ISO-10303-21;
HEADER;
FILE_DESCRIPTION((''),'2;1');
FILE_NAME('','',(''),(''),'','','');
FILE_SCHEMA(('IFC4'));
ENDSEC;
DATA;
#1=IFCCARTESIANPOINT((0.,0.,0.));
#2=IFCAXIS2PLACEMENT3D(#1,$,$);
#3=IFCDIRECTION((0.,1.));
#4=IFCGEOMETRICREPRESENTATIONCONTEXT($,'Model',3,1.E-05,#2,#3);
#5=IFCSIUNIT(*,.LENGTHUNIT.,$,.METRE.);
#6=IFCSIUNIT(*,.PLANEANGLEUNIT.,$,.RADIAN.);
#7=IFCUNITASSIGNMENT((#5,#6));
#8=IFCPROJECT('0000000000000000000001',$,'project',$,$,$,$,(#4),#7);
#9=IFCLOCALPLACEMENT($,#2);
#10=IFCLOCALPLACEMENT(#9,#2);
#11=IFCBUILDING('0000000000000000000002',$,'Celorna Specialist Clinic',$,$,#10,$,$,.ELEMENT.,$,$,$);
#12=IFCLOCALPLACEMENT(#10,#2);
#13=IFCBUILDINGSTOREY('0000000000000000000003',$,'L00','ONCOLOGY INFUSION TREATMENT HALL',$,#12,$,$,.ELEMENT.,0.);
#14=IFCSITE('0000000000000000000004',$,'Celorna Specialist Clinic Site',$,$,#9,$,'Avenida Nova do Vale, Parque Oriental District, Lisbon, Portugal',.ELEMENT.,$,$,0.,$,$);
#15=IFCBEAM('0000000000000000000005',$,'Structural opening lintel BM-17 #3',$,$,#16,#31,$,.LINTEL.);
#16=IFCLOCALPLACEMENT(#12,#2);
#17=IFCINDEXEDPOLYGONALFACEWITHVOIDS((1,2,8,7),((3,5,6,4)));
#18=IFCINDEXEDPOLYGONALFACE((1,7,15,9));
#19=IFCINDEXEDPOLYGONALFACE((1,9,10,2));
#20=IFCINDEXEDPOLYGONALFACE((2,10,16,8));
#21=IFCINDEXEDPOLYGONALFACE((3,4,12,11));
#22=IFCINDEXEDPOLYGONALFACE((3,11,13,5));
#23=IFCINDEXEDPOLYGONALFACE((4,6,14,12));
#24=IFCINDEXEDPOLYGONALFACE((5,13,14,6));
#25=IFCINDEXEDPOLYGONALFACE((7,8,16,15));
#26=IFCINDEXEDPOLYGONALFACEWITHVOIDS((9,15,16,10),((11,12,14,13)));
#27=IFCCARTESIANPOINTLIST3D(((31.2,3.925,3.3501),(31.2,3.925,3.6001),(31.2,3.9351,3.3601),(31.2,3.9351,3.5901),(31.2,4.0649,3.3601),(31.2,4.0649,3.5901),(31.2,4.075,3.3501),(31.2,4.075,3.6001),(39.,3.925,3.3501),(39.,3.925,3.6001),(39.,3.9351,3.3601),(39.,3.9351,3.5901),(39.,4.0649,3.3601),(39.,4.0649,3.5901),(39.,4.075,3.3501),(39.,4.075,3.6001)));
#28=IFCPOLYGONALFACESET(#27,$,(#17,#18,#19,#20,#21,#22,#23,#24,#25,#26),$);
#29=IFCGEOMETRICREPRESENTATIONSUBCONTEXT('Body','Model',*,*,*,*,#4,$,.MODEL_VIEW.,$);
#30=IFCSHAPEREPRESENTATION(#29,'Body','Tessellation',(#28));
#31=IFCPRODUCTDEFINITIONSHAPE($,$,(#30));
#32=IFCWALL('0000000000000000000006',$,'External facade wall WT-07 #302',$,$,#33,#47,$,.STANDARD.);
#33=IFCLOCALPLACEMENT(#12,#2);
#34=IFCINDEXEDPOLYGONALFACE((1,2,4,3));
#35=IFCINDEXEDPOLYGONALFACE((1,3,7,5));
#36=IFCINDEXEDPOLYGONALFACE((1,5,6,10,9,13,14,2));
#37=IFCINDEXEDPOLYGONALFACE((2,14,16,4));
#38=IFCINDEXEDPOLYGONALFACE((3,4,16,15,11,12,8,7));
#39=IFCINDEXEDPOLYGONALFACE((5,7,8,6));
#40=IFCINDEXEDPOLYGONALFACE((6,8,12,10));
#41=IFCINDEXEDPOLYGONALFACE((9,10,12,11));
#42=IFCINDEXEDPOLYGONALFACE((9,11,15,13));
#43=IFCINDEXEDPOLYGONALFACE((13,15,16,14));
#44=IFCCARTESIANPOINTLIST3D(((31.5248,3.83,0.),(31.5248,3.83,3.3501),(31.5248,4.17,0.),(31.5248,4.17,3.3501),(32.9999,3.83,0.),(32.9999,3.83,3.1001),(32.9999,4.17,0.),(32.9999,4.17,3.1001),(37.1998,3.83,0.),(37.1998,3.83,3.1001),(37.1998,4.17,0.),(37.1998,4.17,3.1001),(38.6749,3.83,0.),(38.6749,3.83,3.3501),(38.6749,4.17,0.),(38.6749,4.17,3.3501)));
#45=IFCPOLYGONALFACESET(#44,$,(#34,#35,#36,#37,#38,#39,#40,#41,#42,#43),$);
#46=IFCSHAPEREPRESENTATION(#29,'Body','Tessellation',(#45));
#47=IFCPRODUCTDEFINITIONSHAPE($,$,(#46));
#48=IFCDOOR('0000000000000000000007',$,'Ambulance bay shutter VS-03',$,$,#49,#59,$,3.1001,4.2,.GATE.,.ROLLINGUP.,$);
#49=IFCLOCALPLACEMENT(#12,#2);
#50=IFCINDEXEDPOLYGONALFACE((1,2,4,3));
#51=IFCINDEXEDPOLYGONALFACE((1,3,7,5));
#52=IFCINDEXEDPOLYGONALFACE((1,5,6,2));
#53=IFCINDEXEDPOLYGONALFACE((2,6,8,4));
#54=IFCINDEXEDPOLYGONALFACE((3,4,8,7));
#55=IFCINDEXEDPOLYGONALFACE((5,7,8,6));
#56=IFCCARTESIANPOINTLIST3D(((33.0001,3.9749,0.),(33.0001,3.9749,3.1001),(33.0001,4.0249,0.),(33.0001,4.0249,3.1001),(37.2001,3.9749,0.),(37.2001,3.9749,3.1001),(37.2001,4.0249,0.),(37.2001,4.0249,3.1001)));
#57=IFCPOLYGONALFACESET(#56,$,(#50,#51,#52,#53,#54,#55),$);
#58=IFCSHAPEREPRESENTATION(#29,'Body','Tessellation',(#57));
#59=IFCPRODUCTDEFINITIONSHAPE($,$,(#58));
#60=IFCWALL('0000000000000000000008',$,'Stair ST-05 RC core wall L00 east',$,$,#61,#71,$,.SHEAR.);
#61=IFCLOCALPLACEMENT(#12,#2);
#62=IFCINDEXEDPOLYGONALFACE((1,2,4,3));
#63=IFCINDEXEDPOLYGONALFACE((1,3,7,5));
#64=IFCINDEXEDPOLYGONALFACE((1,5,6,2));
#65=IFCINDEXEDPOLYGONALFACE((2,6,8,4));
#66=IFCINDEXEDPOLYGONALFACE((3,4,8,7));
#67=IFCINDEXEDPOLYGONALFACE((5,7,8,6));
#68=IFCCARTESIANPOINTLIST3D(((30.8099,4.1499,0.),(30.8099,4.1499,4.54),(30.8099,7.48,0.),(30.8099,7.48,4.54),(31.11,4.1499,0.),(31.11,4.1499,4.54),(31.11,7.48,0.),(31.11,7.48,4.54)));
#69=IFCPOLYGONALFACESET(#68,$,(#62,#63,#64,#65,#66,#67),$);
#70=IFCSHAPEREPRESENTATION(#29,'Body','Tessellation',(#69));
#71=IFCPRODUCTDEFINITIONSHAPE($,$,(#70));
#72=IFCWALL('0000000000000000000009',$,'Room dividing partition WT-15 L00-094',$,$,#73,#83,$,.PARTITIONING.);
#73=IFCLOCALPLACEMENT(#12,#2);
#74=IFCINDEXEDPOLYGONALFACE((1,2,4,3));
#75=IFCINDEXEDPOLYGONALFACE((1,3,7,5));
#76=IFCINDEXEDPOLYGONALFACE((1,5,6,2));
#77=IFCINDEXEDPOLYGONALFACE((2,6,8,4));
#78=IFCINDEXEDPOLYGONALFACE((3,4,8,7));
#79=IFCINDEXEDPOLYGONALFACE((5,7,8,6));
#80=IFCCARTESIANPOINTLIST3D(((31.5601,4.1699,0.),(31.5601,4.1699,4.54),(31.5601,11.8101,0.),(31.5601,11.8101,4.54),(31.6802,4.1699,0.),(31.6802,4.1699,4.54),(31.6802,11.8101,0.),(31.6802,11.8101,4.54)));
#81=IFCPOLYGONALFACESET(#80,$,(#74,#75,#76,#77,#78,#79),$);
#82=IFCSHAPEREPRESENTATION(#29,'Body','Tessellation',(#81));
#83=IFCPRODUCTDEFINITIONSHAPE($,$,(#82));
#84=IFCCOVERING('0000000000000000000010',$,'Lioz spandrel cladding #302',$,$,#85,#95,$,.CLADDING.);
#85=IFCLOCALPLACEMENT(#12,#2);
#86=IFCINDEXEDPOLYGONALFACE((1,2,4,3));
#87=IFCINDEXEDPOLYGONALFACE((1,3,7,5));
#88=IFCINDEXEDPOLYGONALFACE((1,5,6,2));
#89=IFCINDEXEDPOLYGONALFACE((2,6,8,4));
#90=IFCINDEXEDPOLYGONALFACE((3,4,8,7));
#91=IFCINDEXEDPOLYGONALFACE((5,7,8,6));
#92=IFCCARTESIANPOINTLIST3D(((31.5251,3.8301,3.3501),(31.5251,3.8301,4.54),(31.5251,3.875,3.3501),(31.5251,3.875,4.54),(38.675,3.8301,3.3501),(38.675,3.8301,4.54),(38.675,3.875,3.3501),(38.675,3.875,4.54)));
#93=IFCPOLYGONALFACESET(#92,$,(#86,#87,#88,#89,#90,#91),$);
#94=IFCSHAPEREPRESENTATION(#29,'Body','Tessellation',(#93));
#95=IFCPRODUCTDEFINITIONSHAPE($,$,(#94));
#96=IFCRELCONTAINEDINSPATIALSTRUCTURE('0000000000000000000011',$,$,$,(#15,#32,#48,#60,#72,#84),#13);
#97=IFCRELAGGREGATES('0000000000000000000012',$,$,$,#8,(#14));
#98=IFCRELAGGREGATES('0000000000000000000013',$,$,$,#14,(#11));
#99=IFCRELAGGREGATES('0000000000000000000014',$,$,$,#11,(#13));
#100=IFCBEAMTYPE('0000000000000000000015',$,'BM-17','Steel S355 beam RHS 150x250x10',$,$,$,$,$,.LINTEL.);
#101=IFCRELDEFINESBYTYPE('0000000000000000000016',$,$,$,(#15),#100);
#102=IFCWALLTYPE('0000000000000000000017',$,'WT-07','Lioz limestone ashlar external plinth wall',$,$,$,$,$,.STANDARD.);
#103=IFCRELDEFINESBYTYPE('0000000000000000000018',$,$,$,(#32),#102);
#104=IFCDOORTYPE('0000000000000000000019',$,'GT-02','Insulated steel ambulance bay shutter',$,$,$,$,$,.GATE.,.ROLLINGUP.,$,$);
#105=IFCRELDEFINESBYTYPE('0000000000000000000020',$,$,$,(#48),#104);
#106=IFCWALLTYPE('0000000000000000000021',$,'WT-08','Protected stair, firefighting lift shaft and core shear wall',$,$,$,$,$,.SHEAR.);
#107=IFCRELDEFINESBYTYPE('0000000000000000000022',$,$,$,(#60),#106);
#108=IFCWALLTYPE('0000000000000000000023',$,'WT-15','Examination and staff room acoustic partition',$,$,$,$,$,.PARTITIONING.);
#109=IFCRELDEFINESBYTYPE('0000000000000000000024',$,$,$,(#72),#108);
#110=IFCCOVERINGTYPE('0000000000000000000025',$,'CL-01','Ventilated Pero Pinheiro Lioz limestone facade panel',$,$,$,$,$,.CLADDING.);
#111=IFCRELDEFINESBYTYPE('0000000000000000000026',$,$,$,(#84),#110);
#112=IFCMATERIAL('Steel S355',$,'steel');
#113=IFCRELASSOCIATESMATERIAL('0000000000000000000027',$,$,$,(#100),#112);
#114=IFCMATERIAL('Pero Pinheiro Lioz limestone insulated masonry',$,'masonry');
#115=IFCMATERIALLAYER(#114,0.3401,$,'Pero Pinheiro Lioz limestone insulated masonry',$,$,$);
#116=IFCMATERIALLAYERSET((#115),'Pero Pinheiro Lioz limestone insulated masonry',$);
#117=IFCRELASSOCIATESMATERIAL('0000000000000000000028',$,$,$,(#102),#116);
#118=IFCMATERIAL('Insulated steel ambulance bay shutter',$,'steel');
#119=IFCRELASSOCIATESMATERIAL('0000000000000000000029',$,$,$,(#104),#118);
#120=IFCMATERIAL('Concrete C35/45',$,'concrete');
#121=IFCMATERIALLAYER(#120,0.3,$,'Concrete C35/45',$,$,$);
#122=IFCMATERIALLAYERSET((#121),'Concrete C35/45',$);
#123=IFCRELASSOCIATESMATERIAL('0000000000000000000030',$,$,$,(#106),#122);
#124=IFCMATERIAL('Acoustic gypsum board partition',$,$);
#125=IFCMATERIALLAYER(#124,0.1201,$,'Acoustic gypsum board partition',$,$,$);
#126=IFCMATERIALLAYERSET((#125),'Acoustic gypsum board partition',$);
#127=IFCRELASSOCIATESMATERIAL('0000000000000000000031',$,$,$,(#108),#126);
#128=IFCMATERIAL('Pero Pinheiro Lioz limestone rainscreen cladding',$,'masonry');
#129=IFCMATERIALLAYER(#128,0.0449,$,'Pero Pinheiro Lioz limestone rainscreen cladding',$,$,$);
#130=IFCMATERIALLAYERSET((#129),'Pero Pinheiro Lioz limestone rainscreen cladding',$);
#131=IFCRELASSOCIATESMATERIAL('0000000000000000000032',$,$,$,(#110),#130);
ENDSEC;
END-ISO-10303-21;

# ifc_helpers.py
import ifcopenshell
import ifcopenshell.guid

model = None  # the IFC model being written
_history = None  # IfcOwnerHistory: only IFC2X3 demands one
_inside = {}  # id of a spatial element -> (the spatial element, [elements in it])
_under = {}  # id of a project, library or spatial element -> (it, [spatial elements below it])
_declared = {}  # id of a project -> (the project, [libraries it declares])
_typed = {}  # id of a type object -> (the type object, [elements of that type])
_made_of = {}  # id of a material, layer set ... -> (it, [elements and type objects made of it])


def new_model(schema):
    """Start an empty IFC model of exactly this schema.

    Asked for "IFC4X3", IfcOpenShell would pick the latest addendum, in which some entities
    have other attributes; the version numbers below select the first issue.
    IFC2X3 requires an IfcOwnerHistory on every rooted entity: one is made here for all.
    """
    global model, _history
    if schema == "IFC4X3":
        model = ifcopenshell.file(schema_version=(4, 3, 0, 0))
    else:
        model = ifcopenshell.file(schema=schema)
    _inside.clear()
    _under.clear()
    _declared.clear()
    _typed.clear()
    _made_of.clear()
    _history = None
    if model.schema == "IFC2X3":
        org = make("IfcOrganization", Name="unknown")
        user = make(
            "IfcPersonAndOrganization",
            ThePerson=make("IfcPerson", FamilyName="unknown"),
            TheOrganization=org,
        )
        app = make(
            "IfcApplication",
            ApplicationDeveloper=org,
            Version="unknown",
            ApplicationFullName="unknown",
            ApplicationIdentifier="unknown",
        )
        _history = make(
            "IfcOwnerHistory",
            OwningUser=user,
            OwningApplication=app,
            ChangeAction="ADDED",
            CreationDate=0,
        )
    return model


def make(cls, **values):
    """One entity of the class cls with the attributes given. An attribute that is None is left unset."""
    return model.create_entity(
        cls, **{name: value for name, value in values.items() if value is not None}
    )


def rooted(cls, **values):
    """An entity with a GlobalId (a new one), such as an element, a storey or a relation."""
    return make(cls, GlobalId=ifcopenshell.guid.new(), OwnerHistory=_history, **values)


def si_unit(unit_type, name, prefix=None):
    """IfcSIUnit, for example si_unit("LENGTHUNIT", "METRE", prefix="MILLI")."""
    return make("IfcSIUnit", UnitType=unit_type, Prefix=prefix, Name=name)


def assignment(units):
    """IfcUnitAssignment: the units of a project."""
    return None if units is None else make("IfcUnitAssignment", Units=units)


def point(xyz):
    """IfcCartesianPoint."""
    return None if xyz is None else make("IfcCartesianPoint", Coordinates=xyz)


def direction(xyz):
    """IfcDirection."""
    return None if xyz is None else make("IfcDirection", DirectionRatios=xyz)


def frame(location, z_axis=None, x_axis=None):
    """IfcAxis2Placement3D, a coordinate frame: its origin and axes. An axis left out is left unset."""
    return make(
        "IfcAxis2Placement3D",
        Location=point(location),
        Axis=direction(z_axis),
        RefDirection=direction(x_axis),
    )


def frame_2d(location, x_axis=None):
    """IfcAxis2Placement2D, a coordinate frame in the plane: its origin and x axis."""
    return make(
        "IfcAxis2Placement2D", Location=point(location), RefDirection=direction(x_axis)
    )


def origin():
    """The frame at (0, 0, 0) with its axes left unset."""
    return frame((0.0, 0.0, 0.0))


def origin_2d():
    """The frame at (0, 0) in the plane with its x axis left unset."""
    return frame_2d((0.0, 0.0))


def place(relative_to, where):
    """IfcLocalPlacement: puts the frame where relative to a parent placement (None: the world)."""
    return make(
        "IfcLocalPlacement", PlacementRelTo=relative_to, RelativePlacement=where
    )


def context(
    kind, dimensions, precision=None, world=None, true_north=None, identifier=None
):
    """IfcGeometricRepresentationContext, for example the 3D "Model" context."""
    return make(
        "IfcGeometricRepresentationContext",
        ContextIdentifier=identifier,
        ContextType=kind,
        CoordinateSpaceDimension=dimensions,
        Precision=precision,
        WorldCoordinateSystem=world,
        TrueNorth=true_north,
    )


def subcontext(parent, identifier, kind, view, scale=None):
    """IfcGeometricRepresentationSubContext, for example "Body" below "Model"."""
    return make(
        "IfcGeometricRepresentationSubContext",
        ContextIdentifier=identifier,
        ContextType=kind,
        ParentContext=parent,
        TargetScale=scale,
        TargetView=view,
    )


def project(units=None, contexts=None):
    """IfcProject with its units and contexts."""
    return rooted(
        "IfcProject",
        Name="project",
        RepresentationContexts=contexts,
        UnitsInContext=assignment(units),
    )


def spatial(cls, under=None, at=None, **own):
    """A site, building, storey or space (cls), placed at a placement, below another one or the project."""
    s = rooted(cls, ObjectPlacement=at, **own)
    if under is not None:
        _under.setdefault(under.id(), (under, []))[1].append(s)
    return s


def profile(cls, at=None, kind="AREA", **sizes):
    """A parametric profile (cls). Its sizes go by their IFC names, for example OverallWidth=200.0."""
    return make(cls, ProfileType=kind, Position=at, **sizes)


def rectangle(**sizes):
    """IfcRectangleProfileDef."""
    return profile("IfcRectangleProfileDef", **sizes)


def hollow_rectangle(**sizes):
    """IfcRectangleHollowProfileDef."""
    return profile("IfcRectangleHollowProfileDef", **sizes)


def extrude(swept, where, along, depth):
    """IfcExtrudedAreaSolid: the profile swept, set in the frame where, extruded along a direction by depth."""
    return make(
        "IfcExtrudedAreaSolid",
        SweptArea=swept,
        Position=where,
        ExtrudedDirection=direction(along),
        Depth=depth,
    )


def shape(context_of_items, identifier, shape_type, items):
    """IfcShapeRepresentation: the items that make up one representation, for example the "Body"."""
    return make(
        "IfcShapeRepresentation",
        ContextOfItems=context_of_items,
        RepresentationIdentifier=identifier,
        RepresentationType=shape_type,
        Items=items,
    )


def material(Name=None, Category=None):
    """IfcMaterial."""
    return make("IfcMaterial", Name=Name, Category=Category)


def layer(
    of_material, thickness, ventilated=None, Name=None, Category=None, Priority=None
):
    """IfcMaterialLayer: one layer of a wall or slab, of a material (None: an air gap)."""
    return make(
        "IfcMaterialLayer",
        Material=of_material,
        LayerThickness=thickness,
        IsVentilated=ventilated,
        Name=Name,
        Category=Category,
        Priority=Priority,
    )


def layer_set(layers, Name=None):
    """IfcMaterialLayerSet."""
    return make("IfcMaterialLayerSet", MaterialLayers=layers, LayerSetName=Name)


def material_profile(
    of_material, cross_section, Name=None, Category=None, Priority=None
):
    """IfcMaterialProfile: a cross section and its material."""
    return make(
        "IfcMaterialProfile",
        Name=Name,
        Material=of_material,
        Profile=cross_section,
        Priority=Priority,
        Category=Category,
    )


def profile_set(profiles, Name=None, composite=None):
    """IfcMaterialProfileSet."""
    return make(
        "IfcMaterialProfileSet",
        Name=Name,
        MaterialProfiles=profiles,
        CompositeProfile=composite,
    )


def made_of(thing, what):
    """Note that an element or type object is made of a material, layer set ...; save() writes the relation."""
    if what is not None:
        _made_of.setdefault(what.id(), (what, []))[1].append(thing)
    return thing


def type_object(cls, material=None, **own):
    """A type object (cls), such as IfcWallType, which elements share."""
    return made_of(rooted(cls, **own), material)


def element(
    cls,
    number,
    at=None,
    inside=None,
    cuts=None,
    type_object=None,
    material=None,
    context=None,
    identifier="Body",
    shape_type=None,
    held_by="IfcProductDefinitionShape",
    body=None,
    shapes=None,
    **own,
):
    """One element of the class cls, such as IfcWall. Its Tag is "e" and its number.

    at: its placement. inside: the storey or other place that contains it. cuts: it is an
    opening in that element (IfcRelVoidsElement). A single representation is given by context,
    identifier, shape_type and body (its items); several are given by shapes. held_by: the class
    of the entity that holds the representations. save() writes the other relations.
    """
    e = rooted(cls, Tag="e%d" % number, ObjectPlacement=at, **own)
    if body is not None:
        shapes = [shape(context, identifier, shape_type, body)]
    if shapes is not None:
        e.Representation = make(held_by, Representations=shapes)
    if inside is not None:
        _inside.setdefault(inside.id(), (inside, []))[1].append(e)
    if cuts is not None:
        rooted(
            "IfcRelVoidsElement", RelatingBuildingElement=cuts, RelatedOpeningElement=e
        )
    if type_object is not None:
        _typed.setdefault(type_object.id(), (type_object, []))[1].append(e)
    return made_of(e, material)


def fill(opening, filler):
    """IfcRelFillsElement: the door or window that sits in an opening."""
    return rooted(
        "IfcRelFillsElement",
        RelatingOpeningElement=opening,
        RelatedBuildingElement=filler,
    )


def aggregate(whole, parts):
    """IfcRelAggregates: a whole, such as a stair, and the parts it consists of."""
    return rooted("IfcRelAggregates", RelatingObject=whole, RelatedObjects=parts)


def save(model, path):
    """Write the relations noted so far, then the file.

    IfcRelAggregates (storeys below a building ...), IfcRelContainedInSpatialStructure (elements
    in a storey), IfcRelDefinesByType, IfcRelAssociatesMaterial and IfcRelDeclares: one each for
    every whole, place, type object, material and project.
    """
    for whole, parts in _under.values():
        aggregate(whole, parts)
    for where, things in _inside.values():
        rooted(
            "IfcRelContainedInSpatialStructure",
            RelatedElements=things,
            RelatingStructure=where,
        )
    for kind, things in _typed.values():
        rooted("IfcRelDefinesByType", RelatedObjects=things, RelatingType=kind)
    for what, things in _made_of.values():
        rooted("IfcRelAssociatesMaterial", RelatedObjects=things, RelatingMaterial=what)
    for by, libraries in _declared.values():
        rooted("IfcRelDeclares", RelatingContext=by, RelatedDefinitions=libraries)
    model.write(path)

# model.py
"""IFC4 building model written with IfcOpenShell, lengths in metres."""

from ifc_helpers import new_model, si_unit, direction, frame, frame_2d, origin, origin_2d, place, context, subcontext, project, spatial, rectangle, hollow_rectangle, extrude, material, layer, layer_set, material_profile, profile_set, type_object, element, fill, save


model = new_model("IFC4")

# Units and contexts
model_context = context("Model", 3, precision=1e-05, world=origin(), true_north=direction((0.0, 1.0)))
body_context = subcontext(model_context, "Body", "Model", "MODEL_VIEW")
ifc_project = project(units=[si_unit("LENGTHUNIT", "METRE"), si_unit("PLANEANGLEUNIT", "RADIAN")], contexts=[model_context])

# Site, building, storey
site_placement = place(None, origin())
site = spatial("IfcSite", under=ifc_project, at=site_placement, Name="Celorna Specialist Clinic Site", LongName="Avenida Nova do Vale, Parque Oriental District, Lisbon, Portugal", CompositionType="ELEMENT", RefElevation=0.0)
building_placement = place(site_placement, origin())
building = spatial("IfcBuilding", under=site, at=building_placement, Name="Celorna Specialist Clinic", CompositionType="ELEMENT")
storey_placement = place(building_placement, origin())
storey = spatial("IfcBuildingStorey", under=building, at=storey_placement, Name="L00", Description="ONCOLOGY INFUSION TREATMENT HALL", CompositionType="ELEMENT", Elevation=0.0)

# Beam
ifc_material_1 = material(Name="Steel S355", Category="steel")
ifc_material_profile_1 = material_profile(ifc_material_1, hollow_rectangle(XDim=0.1499, YDim=0.25, WallThickness=0.01, at=origin_2d()), Name="RHS 150x250x10")
ifc_profile_set_1 = profile_set([ifc_material_profile_1], Name="Steel S355")
beam_type_1 = type_object("IfcBeamType", Name="BM-17", Description="Steel S355 beam RHS 150x250x10", PredefinedType="LINTEL", material=ifc_profile_set_1)
for number, where, z_axis, x_axis, name in (
    (1, (31.2, 4.0, 3.4751), (1.0, 0.0, 0.0), (0.0, 1.0, 0.0), "Structural opening lintel BM-17 #3"),
):
    element("IfcBeam", number, at=place(storey_placement, frame(where, z_axis=z_axis, x_axis=x_axis)), inside=storey, type_object=beam_type_1, Name=name, PredefinedType="LINTEL", context=body_context, shape_type="SweptSolid", body=[
        extrude(hollow_rectangle(XDim=0.1499, YDim=0.25, WallThickness=0.01, at=origin_2d()), origin(), (0.0, 0.0, 1.0), 7.8),
    ])

# Wall, opening, door
ifc_material_2 = material(Name="Pero Pinheiro Lioz limestone insulated masonry", Category="masonry")
ifc_layer_1 = layer(ifc_material_2, 0.3401, Name="Pero Pinheiro Lioz limestone insulated masonry")
ifc_layer_set_1 = layer_set([ifc_layer_1], Name="Pero Pinheiro Lioz limestone insulated masonry")
wall_type_1 = type_object("IfcWallType", Name="WT-07", Description="Lioz limestone ashlar external plinth wall", PredefinedType="STANDARD", material=ifc_layer_set_1)
wall_1_placement = place(storey_placement, frame((38.675, 4.0, 0.0), z_axis=(0.0, 0.0, 1.0), x_axis=(-1.0, 0.0, 0.0)))
wall_1 = element("IfcWall", 2, at=wall_1_placement, inside=storey, type_object=wall_type_1, Name="External facade wall WT-07 #302", PredefinedType="STANDARD", context=body_context, shape_type="SweptSolid", body=[
    extrude(rectangle(XDim=7.1501, YDim=0.3401, at=frame_2d((3.5752, 0.0))), origin(), (0.0, 0.0, 1.0), 3.3501),
])
opening_placement = place(wall_1_placement, frame((1.4751, 0.0, 0.0)))
opening = element("IfcOpeningElement", 3, at=opening_placement, cuts=wall_1, PredefinedType="OPENING", context=body_context, shape_type="SweptSolid", body=[
    extrude(rectangle(XDim=4.2, YDim=3.1001, at=frame_2d((2.1001, 1.55))), frame((0.0, 0.1799, 0.0), z_axis=(0.0, -1.0, 0.0), x_axis=(1.0, 0.0, 0.0)), (0.0, 0.0, 1.0), 0.3601),
])
ifc_material_3 = material(Name="Insulated steel ambulance bay shutter", Category="steel")
door_type = type_object("IfcDoorType", Name="GT-02", Description="Insulated steel ambulance bay shutter", OperationType="ROLLINGUP", PredefinedType="GATE", material=ifc_material_3)
door_placement = place(opening_placement, frame((4.2, 0.0, 0.0), z_axis=(0.0, 0.0, 1.0), x_axis=(-1.0, 0.0, 0.0)))
door = element("IfcDoor", 4, at=door_placement, inside=storey, type_object=door_type, Name="Ambulance bay shutter VS-03", OperationType="ROLLINGUP", OverallHeight=3.1001, OverallWidth=4.2, PredefinedType="GATE", context=body_context, shape_type="SweptSolid", body=[
    extrude(rectangle(XDim=4.2, YDim=3.1001, at=frame_2d((2.1001, 1.55))), frame((0.0, 0.0249, 0.0), z_axis=(0.0, -1.0, 0.0), x_axis=(1.0, 0.0, 0.0)), (0.0, 0.0, 1.0), 0.05),
])
fill(opening, door)

# Walls
ifc_material_4 = material(Name="Concrete C35/45", Category="concrete")
ifc_layer_2 = layer(ifc_material_4, 0.3, Name="Concrete C35/45")
ifc_layer_set_2 = layer_set([ifc_layer_2], Name="Concrete C35/45")
wall_type_2 = type_object("IfcWallType", Name="WT-08", Description="Protected stair, firefighting lift shaft and core shear wall", PredefinedType="SHEAR", material=ifc_layer_set_2)
wall_2_placement = place(storey_placement, frame((30.96, 4.1499, 0.0), z_axis=(0.0, 0.0, 1.0), x_axis=(0.0, 1.0, 0.0)))
element("IfcWall", 5, at=wall_2_placement, inside=storey, type_object=wall_type_2, Name="Stair ST-05 RC core wall L00 east", PredefinedType="SHEAR", context=body_context, shape_type="SweptSolid", body=[
    extrude(rectangle(XDim=3.3301, YDim=0.3, at=frame_2d((1.665, 0.0))), origin(), (0.0, 0.0, 1.0), 4.54),
])
ifc_material_5 = material(Name="Acoustic gypsum board partition")
ifc_layer_3 = layer(ifc_material_5, 0.1201, Name="Acoustic gypsum board partition")
ifc_layer_set_3 = layer_set([ifc_layer_3], Name="Acoustic gypsum board partition")
wall_type_3 = type_object("IfcWallType", Name="WT-15", Description="Examination and staff room acoustic partition", PredefinedType="PARTITIONING", material=ifc_layer_set_3)
wall_3_placement = place(storey_placement, frame((31.6201, 4.1699, 0.0), z_axis=(0.0, 0.0, 1.0), x_axis=(0.0, 1.0, 0.0)))
element("IfcWall", 6, at=wall_3_placement, inside=storey, type_object=wall_type_3, Name="Room dividing partition WT-15 L00-094", PredefinedType="PARTITIONING", context=body_context, shape_type="SweptSolid", body=[
    extrude(rectangle(XDim=7.6401, YDim=0.1201, at=frame_2d((3.8201, 0.0))), origin(), (0.0, 0.0, 1.0), 4.54),
])

# Covering
ifc_material_6 = material(Name="Pero Pinheiro Lioz limestone rainscreen cladding", Category="masonry")
ifc_layer_4 = layer(ifc_material_6, 0.0449, Name="Pero Pinheiro Lioz limestone rainscreen cladding")
ifc_layer_set_4 = layer_set([ifc_layer_4], Name="Pero Pinheiro Lioz limestone rainscreen cladding")
covering_type = type_object("IfcCoveringType", Name="CL-01", Description="Ventilated Pero Pinheiro Lioz limestone facade panel", PredefinedType="CLADDING", material=ifc_layer_set_4)
covering_placement = place(storey_placement, frame((35.1001, 3.8525, 3.3501), z_axis=(0.0, 0.0, 1.0), x_axis=(-1.0, 0.0, 0.0)))
element("IfcCovering", 7, at=covering_placement, inside=storey, type_object=covering_type, Name="Lioz spandrel cladding #302", PredefinedType="CLADDING", context=body_context, shape_type="SweptSolid", body=[
    extrude(rectangle(XDim=7.1499, YDim=0.0449, at=origin_2d()), origin(), (0.0, 0.0, 1.0), 1.1899),
])

save(model, "model.ifc")
